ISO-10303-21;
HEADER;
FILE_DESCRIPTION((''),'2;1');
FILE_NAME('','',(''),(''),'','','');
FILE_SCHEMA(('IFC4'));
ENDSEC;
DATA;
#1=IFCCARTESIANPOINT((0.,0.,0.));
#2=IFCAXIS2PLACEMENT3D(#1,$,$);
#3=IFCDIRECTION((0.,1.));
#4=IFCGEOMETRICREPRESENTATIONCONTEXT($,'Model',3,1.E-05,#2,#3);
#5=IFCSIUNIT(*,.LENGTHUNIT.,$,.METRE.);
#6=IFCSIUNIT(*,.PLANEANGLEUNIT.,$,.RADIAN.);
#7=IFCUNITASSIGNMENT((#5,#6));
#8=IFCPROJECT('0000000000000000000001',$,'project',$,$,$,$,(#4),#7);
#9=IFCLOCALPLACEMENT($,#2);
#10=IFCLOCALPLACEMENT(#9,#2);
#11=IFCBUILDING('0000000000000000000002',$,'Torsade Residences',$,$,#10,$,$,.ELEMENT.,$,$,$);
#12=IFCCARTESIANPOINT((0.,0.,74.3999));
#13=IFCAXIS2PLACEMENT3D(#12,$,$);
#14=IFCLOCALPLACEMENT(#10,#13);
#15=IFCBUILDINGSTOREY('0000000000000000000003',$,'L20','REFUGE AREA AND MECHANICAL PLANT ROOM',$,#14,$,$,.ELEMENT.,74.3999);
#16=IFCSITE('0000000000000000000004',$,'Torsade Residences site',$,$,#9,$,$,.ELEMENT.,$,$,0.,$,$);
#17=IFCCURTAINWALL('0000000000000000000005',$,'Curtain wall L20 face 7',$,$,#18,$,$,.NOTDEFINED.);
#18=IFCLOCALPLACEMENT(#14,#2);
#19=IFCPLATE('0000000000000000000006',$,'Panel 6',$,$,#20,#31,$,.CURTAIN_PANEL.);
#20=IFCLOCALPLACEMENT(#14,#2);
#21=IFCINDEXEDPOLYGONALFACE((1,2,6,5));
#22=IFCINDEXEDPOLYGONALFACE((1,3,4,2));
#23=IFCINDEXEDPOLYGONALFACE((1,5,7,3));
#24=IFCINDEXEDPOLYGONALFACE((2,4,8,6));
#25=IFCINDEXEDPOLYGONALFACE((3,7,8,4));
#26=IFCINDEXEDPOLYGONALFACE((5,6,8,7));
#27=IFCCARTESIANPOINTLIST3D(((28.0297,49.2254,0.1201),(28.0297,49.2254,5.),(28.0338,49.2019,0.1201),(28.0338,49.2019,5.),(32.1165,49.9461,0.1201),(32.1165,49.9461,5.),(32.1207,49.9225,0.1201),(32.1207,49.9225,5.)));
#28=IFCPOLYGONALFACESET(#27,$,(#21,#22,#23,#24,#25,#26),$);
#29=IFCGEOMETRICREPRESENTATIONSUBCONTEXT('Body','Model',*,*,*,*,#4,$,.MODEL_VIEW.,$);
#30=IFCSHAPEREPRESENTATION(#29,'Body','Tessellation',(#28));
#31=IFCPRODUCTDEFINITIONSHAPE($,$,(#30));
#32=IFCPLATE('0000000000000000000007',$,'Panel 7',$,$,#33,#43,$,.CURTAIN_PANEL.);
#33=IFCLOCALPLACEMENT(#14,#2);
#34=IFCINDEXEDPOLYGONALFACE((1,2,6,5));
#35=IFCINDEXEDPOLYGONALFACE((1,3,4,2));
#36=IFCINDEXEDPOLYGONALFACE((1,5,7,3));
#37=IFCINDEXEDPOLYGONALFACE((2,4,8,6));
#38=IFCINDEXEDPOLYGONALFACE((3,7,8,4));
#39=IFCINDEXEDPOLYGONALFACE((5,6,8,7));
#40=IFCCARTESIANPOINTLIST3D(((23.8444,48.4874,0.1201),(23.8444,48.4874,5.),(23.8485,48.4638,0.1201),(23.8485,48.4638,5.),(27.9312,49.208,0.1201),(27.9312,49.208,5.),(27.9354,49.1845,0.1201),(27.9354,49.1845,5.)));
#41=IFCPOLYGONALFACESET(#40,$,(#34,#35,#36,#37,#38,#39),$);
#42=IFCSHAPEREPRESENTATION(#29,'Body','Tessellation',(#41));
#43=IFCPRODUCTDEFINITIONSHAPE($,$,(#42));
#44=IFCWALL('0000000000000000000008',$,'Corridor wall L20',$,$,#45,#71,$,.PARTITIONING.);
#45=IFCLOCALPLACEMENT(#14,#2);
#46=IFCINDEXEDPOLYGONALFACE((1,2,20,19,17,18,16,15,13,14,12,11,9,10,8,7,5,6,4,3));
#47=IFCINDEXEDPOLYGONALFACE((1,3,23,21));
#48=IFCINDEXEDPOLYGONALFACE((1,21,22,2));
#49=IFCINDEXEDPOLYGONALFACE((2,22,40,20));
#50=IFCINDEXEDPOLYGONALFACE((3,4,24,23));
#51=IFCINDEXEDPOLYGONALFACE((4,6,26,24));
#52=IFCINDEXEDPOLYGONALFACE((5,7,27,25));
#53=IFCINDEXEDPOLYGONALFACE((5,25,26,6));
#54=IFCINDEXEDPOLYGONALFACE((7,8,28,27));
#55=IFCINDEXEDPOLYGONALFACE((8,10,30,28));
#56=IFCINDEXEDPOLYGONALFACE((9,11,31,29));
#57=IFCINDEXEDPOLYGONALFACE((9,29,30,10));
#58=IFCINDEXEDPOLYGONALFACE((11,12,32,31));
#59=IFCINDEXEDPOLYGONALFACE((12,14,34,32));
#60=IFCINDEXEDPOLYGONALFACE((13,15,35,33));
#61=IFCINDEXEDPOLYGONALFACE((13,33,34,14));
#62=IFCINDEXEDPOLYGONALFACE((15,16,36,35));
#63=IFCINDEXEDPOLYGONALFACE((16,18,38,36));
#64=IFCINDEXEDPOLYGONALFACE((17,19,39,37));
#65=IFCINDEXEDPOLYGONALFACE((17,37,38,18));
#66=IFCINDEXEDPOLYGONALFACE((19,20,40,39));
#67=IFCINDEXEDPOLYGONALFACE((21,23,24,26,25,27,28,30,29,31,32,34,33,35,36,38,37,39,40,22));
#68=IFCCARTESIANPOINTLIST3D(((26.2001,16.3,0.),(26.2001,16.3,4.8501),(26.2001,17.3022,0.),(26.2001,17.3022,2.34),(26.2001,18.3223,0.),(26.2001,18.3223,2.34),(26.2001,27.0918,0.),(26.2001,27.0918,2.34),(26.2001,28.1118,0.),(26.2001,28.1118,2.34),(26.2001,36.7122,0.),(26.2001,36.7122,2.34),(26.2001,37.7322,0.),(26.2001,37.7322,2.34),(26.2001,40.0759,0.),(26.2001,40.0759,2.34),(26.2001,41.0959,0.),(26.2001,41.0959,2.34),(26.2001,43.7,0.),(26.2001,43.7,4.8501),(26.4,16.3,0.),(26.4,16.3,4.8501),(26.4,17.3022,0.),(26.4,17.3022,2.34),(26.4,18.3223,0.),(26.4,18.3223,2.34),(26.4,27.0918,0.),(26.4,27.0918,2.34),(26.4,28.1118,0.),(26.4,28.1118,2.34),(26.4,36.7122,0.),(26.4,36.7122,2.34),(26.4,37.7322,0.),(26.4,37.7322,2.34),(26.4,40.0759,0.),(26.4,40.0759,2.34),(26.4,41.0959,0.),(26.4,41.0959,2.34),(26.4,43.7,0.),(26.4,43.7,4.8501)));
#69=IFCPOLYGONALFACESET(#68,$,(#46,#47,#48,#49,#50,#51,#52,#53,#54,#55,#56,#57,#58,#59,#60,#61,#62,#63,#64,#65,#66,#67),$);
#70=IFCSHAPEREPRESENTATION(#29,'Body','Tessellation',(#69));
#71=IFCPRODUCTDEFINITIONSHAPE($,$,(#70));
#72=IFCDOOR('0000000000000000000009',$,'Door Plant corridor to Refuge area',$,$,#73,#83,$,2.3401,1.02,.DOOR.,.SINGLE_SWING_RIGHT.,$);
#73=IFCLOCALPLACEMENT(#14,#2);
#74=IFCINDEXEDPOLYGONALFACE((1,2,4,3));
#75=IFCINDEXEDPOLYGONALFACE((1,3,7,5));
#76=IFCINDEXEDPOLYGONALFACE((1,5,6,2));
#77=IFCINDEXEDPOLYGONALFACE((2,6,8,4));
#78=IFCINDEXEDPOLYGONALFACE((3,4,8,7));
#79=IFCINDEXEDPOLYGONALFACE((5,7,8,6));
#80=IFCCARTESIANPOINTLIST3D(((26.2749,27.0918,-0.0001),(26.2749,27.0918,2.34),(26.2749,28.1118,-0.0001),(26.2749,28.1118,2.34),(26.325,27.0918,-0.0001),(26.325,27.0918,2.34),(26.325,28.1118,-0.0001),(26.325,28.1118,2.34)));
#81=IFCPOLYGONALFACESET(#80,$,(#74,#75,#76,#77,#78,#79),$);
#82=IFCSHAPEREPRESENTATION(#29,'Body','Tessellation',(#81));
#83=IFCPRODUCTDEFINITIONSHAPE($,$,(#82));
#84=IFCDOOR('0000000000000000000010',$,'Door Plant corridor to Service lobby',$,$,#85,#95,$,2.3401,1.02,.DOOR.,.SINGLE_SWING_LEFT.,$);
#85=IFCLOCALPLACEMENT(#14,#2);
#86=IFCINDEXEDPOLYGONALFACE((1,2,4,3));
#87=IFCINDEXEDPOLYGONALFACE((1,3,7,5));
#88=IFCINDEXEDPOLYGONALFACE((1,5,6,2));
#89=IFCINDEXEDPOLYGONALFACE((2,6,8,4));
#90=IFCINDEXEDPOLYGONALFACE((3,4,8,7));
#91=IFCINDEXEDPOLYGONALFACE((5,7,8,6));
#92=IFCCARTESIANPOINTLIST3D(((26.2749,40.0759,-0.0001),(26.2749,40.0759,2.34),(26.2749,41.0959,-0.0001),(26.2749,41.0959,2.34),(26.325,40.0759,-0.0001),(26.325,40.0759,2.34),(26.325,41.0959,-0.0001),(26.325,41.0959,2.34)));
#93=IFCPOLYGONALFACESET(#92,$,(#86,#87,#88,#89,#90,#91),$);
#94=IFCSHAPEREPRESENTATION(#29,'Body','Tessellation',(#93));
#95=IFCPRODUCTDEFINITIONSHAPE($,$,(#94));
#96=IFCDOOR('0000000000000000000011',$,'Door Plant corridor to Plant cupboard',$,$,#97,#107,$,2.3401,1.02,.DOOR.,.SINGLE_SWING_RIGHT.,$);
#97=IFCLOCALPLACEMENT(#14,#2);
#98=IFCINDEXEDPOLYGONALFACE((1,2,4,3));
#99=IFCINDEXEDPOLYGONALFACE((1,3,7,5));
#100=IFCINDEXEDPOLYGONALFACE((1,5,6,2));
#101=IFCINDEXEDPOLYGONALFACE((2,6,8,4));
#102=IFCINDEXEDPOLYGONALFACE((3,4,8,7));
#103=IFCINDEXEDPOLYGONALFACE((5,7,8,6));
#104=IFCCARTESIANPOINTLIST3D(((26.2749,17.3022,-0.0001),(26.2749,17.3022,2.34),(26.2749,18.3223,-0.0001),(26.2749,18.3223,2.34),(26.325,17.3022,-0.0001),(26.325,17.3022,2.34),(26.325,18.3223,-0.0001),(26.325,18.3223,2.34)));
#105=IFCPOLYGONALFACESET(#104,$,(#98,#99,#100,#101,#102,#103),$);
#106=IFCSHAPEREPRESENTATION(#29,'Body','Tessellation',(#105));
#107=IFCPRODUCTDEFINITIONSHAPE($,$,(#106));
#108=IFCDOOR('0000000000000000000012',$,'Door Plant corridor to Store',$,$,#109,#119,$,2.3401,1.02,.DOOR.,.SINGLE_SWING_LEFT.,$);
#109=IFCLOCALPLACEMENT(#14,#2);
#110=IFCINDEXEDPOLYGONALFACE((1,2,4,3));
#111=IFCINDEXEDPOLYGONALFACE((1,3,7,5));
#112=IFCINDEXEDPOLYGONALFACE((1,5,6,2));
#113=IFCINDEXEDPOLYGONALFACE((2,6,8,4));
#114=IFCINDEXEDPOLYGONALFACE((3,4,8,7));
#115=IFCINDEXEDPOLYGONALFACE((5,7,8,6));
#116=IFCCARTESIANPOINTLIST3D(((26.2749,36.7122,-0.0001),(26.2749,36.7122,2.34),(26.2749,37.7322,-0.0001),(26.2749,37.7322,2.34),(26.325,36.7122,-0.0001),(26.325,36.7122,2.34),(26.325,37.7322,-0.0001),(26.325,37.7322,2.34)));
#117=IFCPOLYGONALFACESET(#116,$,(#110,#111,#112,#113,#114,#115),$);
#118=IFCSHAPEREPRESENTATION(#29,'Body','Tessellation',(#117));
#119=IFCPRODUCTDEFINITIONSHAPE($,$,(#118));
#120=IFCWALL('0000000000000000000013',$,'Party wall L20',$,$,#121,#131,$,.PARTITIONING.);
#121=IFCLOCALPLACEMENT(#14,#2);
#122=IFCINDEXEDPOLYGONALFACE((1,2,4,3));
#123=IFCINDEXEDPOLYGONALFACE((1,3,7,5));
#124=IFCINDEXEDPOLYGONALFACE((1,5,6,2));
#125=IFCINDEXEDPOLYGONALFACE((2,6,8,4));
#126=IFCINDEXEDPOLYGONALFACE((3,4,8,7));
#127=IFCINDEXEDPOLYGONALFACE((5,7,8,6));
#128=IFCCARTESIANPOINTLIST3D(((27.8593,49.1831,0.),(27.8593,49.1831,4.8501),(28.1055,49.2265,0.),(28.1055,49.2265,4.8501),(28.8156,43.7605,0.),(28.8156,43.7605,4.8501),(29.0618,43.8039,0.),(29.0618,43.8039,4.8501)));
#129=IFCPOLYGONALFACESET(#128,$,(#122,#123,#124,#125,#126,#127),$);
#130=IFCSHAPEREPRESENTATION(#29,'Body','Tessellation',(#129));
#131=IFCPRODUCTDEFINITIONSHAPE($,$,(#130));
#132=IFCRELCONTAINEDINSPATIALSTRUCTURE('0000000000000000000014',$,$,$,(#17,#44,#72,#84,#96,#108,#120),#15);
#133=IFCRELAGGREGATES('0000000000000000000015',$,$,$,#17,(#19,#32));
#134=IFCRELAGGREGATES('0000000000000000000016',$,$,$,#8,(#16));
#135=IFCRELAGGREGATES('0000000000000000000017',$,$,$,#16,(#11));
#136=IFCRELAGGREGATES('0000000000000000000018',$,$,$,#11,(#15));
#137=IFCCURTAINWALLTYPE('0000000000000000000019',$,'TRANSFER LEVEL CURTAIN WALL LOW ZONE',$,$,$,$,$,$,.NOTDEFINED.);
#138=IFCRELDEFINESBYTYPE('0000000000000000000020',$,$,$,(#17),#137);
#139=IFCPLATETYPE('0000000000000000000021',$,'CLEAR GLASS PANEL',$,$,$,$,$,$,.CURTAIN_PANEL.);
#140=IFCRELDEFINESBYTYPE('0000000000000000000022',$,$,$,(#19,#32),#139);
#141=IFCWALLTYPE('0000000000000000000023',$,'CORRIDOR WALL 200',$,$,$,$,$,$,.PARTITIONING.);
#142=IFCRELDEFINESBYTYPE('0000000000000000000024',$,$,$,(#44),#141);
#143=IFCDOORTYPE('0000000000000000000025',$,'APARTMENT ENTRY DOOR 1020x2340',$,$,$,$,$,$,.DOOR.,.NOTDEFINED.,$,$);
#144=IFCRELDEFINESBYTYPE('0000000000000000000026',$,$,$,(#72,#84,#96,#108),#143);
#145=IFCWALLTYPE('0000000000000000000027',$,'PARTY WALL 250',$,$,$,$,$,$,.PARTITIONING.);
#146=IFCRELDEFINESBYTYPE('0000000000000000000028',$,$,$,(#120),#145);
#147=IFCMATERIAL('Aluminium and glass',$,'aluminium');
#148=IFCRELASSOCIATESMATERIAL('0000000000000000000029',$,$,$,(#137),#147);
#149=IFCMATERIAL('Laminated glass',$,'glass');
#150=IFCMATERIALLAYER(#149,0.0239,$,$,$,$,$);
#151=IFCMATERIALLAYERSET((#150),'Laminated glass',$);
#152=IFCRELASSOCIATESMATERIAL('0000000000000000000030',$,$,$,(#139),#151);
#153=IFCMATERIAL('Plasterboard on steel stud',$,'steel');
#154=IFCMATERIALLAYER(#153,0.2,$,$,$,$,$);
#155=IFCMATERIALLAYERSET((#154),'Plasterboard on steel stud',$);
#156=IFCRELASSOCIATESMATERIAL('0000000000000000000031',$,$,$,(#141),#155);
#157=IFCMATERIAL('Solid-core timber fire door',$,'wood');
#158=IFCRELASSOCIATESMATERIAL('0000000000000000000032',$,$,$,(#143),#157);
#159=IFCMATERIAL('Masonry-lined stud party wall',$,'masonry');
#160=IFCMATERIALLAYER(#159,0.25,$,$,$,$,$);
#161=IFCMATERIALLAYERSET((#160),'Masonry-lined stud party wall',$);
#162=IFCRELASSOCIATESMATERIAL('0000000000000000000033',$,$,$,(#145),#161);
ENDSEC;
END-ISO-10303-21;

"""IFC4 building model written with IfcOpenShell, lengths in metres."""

from ifc_helpers import new_model, si_unit, direction, frame, frame_2d, origin, origin_2d, place, context, subcontext, project, spatial, rectangle, extrude, material, layer, layer_set, type_object, element, fill, aggregate, save


model = new_model("IFC4")

# Units and contexts
model_context = context("Model", 3, precision=1e-05, world=origin(), true_north=direction((0.0, 1.0)))
body_context = subcontext(model_context, "Body", "Model", "MODEL_VIEW")
ifc_project = project(units=[si_unit("LENGTHUNIT", "METRE"), si_unit("PLANEANGLEUNIT", "RADIAN")], contexts=[model_context])

# Site, building, storey
site_placement = place(None, origin())
site = spatial("IfcSite", under=ifc_project, at=site_placement, Name="Torsade Residences site", CompositionType="ELEMENT", RefElevation=0.0)
building_placement = place(site_placement, origin())
building = spatial("IfcBuilding", under=site, at=building_placement, Name="Torsade Residences", CompositionType="ELEMENT")
storey_placement = place(building_placement, frame((0.0, 0.0, 74.3999)))
storey = spatial("IfcBuildingStorey", under=building, at=storey_placement, Name="L20", Description="REFUGE AREA AND MECHANICAL PLANT ROOM", CompositionType="ELEMENT", Elevation=74.3999)

# Curtain wall
ifc_material_1 = material(Name="Aluminium and glass", Category="aluminium")
curtain_wall_type = type_object("IfcCurtainWallType", Name="TRANSFER LEVEL CURTAIN WALL LOW ZONE", PredefinedType="NOTDEFINED", material=ifc_material_1)
curtain_wall_placement = place(storey_placement, origin())
curtain_wall = element("IfcCurtainWall", 1, at=curtain_wall_placement, inside=storey, type_object=curtain_wall_type, Name="Curtain wall L20 face 7", PredefinedType="NOTDEFINED")

# Plates
ifc_material_2 = material(Name="Laminated glass", Category="glass")
ifc_layer_1 = layer(ifc_material_2, 0.0239)
ifc_layer_set_1 = layer_set([ifc_layer_1], Name="Laminated glass")
plate_type = type_object("IfcPlateType", Name="CLEAR GLASS PANEL", PredefinedType="CURTAIN_PANEL", material=ifc_layer_set_1)
plate_1_placement = place(storey_placement, frame((30.0752, 49.574, 0.1201), z_axis=(0.0, 0.0, 1.0), x_axis=(-0.984808, -0.173648, 0.0)))
plate_1 = element("IfcPlate", 2, at=plate_1_placement, type_object=plate_type, Name="Panel 6", PredefinedType="CURTAIN_PANEL", context=body_context, shape_type="SweptSolid", body=[
    extrude(rectangle(XDim=4.1499, YDim=0.0239, at=origin_2d()), origin(), (0.0, 0.0, 1.0), 4.8799),
])
plate_2_placement = place(storey_placement, frame((25.8899, 48.8359, 0.1201), z_axis=(0.0, 0.0, 1.0), x_axis=(-0.984808, -0.173648, 0.0)))
plate_2 = element("IfcPlate", 3, at=plate_2_placement, type_object=plate_type, Name="Panel 7", PredefinedType="CURTAIN_PANEL", context=body_context, shape_type="SweptSolid", body=[
    extrude(rectangle(XDim=4.1499, YDim=0.0239, at=origin_2d()), origin(), (0.0, 0.0, 1.0), 4.8799),
])
aggregate(curtain_wall, [plate_1, plate_2])

# Wall, openings, doors
ifc_material_3 = material(Name="Plasterboard on steel stud", Category="steel")
ifc_layer_2 = layer(ifc_material_3, 0.2)
ifc_layer_set_2 = layer_set([ifc_layer_2], Name="Plasterboard on steel stud")
wall_type_1 = type_object("IfcWallType", Name="CORRIDOR WALL 200", PredefinedType="PARTITIONING", material=ifc_layer_set_2)
wall_1_placement = place(storey_placement, frame((26.3, 43.7, 0.0), z_axis=(0.0, 0.0, 1.0), x_axis=(0.0, -1.0, 0.0)))
wall_1 = element("IfcWall", 4, at=wall_1_placement, inside=storey, type_object=wall_type_1, Name="Corridor wall L20", PredefinedType="PARTITIONING", context=body_context, shape_type="SweptSolid", body=[
    extrude(rectangle(XDim=27.3999, YDim=0.2, at=frame_2d((13.7, 0.0))), origin(), (0.0, 0.0, 1.0), 4.8501),
])
opening_1_placement = place(wall_1_placement, frame((15.5881, 0.0, 0.0)))
opening_1 = element("IfcOpeningElement", 5, at=opening_1_placement, cuts=wall_1, PredefinedType="OPENING", context=body_context, shape_type="SweptSolid", body=[
    extrude(rectangle(XDim=1.02, YDim=2.3401, at=frame_2d((0.51, 1.1699))), frame((0.0, 0.1099, 0.0), z_axis=(0.0, -1.0, 0.0), x_axis=(1.0, 0.0, 0.0)), (0.0, 0.0, 1.0), 0.22),
])
opening_2_placement = place(wall_1_placement, frame((2.604, 0.0, 0.0)))
opening_2 = element("IfcOpeningElement", 6, at=opening_2_placement, cuts=wall_1, PredefinedType="OPENING", context=body_context, shape_type="SweptSolid", body=[
    extrude(rectangle(XDim=1.02, YDim=2.3401, at=frame_2d((0.51, 1.1699))), frame((0.0, 0.1099, 0.0), z_axis=(0.0, -1.0, 0.0), x_axis=(1.0, 0.0, 0.0)), (0.0, 0.0, 1.0), 0.22),
])
opening_3_placement = place(wall_1_placement, frame((25.3777, 0.0, 0.0)))
opening_3 = element("IfcOpeningElement", 7, at=opening_3_placement, cuts=wall_1, PredefinedType="OPENING", context=body_context, shape_type="SweptSolid", body=[
    extrude(rectangle(XDim=1.02, YDim=2.3401, at=frame_2d((0.51, 1.1699))), frame((0.0, 0.1099, 0.0), z_axis=(0.0, -1.0, 0.0), x_axis=(1.0, 0.0, 0.0)), (0.0, 0.0, 1.0), 0.22),
])
opening_4_placement = place(wall_1_placement, frame((5.9678, 0.0, 0.0)))
opening_4 = element("IfcOpeningElement", 8, at=opening_4_placement, cuts=wall_1, PredefinedType="OPENING", context=body_context, shape_type="SweptSolid", body=[
    extrude(rectangle(XDim=1.02, YDim=2.3401, at=frame_2d((0.51, 1.1699))), frame((0.0, 0.1099, 0.0), z_axis=(0.0, -1.0, 0.0), x_axis=(1.0, 0.0, 0.0)), (0.0, 0.0, 1.0), 0.22),
])
ifc_material_4 = material(Name="Solid-core timber fire door", Category="wood")
door_type = type_object("IfcDoorType", Name="APARTMENT ENTRY DOOR 1020x2340", OperationType="NOTDEFINED", PredefinedType="DOOR", material=ifc_material_4)
door_1_placement = place(opening_1_placement, origin())
door_1 = element("IfcDoor", 9, at=door_1_placement, inside=storey, type_object=door_type, Name="Door Plant corridor to Refuge area", OperationType="SINGLE_SWING_RIGHT", OverallHeight=2.3401, OverallWidth=1.02, PredefinedType="DOOR", context=body_context, shape_type="SweptSolid", body=[
    extrude(rectangle(XDim=1.02, YDim=2.3401, at=frame_2d((0.51, 1.1699))), frame((0.0, 0.0249, 0.0), z_axis=(0.0, -1.0, 0.0), x_axis=(1.0, 0.0, 0.0)), (0.0, 0.0, 1.0), 0.05),
])
fill(opening_1, door_1)
door_2_placement = place(opening_2_placement, origin())
door_2 = element("IfcDoor", 10, at=door_2_placement, inside=storey, type_object=door_type, Name="Door Plant corridor to Service lobby", OperationType="SINGLE_SWING_LEFT", OverallHeight=2.3401, OverallWidth=1.02, PredefinedType="DOOR", context=body_context, shape_type="SweptSolid", body=[
    extrude(rectangle(XDim=1.02, YDim=2.3401, at=frame_2d((0.51, 1.1699))), frame((0.0, 0.0249, 0.0), z_axis=(0.0, -1.0, 0.0), x_axis=(1.0, 0.0, 0.0)), (0.0, 0.0, 1.0), 0.05),
])
fill(opening_2, door_2)
door_3_placement = place(opening_3_placement, origin())
door_3 = element("IfcDoor", 11, at=door_3_placement, inside=storey, type_object=door_type, Name="Door Plant corridor to Plant cupboard", OperationType="SINGLE_SWING_RIGHT", OverallHeight=2.3401, OverallWidth=1.02, PredefinedType="DOOR", context=body_context, shape_type="SweptSolid", body=[
    extrude(rectangle(XDim=1.02, YDim=2.3401, at=frame_2d((0.51, 1.1699))), frame((0.0, 0.0249, 0.0), z_axis=(0.0, -1.0, 0.0), x_axis=(1.0, 0.0, 0.0)), (0.0, 0.0, 1.0), 0.05),
])
fill(opening_3, door_3)
door_4_placement = place(opening_4_placement, origin())
door_4 = element("IfcDoor", 12, at=door_4_placement, inside=storey, type_object=door_type, Name="Door Plant corridor to Store", OperationType="SINGLE_SWING_LEFT", OverallHeight=2.3401, OverallWidth=1.02, PredefinedType="DOOR", context=body_context, shape_type="SweptSolid", body=[
    extrude(rectangle(XDim=1.02, YDim=2.3401, at=frame_2d((0.51, 1.1699))), frame((0.0, 0.0249, 0.0), z_axis=(0.0, -1.0, 0.0), x_axis=(1.0, 0.0, 0.0)), (0.0, 0.0, 1.0), 0.05),
])
fill(opening_4, door_4)

# Wall
ifc_material_5 = material(Name="Masonry-lined stud party wall", Category="masonry")
ifc_layer_3 = layer(ifc_material_5, 0.25)
ifc_layer_set_3 = layer_set([ifc_layer_3], Name="Masonry-lined stud party wall")
wall_type_2 = type_object("IfcWallType", Name="PARTY WALL 250", PredefinedType="PARTITIONING", material=ifc_layer_set_3)
wall_2_placement = place(storey_placement, frame((27.9824, 49.2048, 0.0), z_axis=(0.0, 0.0, 1.0), x_axis=(0.173674, -0.984803, 0.0)))
element("IfcWall", 13, at=wall_2_placement, inside=storey, type_object=wall_type_2, Name="Party wall L20", PredefinedType="PARTITIONING", context=body_context, shape_type="SweptSolid", body=[
    extrude(rectangle(XDim=5.5063, YDim=0.25, at=frame_2d((2.7532, 0.0))), origin(), (0.0, 0.0, 1.0), 4.8501),
])

save(model, "model.ifc")
